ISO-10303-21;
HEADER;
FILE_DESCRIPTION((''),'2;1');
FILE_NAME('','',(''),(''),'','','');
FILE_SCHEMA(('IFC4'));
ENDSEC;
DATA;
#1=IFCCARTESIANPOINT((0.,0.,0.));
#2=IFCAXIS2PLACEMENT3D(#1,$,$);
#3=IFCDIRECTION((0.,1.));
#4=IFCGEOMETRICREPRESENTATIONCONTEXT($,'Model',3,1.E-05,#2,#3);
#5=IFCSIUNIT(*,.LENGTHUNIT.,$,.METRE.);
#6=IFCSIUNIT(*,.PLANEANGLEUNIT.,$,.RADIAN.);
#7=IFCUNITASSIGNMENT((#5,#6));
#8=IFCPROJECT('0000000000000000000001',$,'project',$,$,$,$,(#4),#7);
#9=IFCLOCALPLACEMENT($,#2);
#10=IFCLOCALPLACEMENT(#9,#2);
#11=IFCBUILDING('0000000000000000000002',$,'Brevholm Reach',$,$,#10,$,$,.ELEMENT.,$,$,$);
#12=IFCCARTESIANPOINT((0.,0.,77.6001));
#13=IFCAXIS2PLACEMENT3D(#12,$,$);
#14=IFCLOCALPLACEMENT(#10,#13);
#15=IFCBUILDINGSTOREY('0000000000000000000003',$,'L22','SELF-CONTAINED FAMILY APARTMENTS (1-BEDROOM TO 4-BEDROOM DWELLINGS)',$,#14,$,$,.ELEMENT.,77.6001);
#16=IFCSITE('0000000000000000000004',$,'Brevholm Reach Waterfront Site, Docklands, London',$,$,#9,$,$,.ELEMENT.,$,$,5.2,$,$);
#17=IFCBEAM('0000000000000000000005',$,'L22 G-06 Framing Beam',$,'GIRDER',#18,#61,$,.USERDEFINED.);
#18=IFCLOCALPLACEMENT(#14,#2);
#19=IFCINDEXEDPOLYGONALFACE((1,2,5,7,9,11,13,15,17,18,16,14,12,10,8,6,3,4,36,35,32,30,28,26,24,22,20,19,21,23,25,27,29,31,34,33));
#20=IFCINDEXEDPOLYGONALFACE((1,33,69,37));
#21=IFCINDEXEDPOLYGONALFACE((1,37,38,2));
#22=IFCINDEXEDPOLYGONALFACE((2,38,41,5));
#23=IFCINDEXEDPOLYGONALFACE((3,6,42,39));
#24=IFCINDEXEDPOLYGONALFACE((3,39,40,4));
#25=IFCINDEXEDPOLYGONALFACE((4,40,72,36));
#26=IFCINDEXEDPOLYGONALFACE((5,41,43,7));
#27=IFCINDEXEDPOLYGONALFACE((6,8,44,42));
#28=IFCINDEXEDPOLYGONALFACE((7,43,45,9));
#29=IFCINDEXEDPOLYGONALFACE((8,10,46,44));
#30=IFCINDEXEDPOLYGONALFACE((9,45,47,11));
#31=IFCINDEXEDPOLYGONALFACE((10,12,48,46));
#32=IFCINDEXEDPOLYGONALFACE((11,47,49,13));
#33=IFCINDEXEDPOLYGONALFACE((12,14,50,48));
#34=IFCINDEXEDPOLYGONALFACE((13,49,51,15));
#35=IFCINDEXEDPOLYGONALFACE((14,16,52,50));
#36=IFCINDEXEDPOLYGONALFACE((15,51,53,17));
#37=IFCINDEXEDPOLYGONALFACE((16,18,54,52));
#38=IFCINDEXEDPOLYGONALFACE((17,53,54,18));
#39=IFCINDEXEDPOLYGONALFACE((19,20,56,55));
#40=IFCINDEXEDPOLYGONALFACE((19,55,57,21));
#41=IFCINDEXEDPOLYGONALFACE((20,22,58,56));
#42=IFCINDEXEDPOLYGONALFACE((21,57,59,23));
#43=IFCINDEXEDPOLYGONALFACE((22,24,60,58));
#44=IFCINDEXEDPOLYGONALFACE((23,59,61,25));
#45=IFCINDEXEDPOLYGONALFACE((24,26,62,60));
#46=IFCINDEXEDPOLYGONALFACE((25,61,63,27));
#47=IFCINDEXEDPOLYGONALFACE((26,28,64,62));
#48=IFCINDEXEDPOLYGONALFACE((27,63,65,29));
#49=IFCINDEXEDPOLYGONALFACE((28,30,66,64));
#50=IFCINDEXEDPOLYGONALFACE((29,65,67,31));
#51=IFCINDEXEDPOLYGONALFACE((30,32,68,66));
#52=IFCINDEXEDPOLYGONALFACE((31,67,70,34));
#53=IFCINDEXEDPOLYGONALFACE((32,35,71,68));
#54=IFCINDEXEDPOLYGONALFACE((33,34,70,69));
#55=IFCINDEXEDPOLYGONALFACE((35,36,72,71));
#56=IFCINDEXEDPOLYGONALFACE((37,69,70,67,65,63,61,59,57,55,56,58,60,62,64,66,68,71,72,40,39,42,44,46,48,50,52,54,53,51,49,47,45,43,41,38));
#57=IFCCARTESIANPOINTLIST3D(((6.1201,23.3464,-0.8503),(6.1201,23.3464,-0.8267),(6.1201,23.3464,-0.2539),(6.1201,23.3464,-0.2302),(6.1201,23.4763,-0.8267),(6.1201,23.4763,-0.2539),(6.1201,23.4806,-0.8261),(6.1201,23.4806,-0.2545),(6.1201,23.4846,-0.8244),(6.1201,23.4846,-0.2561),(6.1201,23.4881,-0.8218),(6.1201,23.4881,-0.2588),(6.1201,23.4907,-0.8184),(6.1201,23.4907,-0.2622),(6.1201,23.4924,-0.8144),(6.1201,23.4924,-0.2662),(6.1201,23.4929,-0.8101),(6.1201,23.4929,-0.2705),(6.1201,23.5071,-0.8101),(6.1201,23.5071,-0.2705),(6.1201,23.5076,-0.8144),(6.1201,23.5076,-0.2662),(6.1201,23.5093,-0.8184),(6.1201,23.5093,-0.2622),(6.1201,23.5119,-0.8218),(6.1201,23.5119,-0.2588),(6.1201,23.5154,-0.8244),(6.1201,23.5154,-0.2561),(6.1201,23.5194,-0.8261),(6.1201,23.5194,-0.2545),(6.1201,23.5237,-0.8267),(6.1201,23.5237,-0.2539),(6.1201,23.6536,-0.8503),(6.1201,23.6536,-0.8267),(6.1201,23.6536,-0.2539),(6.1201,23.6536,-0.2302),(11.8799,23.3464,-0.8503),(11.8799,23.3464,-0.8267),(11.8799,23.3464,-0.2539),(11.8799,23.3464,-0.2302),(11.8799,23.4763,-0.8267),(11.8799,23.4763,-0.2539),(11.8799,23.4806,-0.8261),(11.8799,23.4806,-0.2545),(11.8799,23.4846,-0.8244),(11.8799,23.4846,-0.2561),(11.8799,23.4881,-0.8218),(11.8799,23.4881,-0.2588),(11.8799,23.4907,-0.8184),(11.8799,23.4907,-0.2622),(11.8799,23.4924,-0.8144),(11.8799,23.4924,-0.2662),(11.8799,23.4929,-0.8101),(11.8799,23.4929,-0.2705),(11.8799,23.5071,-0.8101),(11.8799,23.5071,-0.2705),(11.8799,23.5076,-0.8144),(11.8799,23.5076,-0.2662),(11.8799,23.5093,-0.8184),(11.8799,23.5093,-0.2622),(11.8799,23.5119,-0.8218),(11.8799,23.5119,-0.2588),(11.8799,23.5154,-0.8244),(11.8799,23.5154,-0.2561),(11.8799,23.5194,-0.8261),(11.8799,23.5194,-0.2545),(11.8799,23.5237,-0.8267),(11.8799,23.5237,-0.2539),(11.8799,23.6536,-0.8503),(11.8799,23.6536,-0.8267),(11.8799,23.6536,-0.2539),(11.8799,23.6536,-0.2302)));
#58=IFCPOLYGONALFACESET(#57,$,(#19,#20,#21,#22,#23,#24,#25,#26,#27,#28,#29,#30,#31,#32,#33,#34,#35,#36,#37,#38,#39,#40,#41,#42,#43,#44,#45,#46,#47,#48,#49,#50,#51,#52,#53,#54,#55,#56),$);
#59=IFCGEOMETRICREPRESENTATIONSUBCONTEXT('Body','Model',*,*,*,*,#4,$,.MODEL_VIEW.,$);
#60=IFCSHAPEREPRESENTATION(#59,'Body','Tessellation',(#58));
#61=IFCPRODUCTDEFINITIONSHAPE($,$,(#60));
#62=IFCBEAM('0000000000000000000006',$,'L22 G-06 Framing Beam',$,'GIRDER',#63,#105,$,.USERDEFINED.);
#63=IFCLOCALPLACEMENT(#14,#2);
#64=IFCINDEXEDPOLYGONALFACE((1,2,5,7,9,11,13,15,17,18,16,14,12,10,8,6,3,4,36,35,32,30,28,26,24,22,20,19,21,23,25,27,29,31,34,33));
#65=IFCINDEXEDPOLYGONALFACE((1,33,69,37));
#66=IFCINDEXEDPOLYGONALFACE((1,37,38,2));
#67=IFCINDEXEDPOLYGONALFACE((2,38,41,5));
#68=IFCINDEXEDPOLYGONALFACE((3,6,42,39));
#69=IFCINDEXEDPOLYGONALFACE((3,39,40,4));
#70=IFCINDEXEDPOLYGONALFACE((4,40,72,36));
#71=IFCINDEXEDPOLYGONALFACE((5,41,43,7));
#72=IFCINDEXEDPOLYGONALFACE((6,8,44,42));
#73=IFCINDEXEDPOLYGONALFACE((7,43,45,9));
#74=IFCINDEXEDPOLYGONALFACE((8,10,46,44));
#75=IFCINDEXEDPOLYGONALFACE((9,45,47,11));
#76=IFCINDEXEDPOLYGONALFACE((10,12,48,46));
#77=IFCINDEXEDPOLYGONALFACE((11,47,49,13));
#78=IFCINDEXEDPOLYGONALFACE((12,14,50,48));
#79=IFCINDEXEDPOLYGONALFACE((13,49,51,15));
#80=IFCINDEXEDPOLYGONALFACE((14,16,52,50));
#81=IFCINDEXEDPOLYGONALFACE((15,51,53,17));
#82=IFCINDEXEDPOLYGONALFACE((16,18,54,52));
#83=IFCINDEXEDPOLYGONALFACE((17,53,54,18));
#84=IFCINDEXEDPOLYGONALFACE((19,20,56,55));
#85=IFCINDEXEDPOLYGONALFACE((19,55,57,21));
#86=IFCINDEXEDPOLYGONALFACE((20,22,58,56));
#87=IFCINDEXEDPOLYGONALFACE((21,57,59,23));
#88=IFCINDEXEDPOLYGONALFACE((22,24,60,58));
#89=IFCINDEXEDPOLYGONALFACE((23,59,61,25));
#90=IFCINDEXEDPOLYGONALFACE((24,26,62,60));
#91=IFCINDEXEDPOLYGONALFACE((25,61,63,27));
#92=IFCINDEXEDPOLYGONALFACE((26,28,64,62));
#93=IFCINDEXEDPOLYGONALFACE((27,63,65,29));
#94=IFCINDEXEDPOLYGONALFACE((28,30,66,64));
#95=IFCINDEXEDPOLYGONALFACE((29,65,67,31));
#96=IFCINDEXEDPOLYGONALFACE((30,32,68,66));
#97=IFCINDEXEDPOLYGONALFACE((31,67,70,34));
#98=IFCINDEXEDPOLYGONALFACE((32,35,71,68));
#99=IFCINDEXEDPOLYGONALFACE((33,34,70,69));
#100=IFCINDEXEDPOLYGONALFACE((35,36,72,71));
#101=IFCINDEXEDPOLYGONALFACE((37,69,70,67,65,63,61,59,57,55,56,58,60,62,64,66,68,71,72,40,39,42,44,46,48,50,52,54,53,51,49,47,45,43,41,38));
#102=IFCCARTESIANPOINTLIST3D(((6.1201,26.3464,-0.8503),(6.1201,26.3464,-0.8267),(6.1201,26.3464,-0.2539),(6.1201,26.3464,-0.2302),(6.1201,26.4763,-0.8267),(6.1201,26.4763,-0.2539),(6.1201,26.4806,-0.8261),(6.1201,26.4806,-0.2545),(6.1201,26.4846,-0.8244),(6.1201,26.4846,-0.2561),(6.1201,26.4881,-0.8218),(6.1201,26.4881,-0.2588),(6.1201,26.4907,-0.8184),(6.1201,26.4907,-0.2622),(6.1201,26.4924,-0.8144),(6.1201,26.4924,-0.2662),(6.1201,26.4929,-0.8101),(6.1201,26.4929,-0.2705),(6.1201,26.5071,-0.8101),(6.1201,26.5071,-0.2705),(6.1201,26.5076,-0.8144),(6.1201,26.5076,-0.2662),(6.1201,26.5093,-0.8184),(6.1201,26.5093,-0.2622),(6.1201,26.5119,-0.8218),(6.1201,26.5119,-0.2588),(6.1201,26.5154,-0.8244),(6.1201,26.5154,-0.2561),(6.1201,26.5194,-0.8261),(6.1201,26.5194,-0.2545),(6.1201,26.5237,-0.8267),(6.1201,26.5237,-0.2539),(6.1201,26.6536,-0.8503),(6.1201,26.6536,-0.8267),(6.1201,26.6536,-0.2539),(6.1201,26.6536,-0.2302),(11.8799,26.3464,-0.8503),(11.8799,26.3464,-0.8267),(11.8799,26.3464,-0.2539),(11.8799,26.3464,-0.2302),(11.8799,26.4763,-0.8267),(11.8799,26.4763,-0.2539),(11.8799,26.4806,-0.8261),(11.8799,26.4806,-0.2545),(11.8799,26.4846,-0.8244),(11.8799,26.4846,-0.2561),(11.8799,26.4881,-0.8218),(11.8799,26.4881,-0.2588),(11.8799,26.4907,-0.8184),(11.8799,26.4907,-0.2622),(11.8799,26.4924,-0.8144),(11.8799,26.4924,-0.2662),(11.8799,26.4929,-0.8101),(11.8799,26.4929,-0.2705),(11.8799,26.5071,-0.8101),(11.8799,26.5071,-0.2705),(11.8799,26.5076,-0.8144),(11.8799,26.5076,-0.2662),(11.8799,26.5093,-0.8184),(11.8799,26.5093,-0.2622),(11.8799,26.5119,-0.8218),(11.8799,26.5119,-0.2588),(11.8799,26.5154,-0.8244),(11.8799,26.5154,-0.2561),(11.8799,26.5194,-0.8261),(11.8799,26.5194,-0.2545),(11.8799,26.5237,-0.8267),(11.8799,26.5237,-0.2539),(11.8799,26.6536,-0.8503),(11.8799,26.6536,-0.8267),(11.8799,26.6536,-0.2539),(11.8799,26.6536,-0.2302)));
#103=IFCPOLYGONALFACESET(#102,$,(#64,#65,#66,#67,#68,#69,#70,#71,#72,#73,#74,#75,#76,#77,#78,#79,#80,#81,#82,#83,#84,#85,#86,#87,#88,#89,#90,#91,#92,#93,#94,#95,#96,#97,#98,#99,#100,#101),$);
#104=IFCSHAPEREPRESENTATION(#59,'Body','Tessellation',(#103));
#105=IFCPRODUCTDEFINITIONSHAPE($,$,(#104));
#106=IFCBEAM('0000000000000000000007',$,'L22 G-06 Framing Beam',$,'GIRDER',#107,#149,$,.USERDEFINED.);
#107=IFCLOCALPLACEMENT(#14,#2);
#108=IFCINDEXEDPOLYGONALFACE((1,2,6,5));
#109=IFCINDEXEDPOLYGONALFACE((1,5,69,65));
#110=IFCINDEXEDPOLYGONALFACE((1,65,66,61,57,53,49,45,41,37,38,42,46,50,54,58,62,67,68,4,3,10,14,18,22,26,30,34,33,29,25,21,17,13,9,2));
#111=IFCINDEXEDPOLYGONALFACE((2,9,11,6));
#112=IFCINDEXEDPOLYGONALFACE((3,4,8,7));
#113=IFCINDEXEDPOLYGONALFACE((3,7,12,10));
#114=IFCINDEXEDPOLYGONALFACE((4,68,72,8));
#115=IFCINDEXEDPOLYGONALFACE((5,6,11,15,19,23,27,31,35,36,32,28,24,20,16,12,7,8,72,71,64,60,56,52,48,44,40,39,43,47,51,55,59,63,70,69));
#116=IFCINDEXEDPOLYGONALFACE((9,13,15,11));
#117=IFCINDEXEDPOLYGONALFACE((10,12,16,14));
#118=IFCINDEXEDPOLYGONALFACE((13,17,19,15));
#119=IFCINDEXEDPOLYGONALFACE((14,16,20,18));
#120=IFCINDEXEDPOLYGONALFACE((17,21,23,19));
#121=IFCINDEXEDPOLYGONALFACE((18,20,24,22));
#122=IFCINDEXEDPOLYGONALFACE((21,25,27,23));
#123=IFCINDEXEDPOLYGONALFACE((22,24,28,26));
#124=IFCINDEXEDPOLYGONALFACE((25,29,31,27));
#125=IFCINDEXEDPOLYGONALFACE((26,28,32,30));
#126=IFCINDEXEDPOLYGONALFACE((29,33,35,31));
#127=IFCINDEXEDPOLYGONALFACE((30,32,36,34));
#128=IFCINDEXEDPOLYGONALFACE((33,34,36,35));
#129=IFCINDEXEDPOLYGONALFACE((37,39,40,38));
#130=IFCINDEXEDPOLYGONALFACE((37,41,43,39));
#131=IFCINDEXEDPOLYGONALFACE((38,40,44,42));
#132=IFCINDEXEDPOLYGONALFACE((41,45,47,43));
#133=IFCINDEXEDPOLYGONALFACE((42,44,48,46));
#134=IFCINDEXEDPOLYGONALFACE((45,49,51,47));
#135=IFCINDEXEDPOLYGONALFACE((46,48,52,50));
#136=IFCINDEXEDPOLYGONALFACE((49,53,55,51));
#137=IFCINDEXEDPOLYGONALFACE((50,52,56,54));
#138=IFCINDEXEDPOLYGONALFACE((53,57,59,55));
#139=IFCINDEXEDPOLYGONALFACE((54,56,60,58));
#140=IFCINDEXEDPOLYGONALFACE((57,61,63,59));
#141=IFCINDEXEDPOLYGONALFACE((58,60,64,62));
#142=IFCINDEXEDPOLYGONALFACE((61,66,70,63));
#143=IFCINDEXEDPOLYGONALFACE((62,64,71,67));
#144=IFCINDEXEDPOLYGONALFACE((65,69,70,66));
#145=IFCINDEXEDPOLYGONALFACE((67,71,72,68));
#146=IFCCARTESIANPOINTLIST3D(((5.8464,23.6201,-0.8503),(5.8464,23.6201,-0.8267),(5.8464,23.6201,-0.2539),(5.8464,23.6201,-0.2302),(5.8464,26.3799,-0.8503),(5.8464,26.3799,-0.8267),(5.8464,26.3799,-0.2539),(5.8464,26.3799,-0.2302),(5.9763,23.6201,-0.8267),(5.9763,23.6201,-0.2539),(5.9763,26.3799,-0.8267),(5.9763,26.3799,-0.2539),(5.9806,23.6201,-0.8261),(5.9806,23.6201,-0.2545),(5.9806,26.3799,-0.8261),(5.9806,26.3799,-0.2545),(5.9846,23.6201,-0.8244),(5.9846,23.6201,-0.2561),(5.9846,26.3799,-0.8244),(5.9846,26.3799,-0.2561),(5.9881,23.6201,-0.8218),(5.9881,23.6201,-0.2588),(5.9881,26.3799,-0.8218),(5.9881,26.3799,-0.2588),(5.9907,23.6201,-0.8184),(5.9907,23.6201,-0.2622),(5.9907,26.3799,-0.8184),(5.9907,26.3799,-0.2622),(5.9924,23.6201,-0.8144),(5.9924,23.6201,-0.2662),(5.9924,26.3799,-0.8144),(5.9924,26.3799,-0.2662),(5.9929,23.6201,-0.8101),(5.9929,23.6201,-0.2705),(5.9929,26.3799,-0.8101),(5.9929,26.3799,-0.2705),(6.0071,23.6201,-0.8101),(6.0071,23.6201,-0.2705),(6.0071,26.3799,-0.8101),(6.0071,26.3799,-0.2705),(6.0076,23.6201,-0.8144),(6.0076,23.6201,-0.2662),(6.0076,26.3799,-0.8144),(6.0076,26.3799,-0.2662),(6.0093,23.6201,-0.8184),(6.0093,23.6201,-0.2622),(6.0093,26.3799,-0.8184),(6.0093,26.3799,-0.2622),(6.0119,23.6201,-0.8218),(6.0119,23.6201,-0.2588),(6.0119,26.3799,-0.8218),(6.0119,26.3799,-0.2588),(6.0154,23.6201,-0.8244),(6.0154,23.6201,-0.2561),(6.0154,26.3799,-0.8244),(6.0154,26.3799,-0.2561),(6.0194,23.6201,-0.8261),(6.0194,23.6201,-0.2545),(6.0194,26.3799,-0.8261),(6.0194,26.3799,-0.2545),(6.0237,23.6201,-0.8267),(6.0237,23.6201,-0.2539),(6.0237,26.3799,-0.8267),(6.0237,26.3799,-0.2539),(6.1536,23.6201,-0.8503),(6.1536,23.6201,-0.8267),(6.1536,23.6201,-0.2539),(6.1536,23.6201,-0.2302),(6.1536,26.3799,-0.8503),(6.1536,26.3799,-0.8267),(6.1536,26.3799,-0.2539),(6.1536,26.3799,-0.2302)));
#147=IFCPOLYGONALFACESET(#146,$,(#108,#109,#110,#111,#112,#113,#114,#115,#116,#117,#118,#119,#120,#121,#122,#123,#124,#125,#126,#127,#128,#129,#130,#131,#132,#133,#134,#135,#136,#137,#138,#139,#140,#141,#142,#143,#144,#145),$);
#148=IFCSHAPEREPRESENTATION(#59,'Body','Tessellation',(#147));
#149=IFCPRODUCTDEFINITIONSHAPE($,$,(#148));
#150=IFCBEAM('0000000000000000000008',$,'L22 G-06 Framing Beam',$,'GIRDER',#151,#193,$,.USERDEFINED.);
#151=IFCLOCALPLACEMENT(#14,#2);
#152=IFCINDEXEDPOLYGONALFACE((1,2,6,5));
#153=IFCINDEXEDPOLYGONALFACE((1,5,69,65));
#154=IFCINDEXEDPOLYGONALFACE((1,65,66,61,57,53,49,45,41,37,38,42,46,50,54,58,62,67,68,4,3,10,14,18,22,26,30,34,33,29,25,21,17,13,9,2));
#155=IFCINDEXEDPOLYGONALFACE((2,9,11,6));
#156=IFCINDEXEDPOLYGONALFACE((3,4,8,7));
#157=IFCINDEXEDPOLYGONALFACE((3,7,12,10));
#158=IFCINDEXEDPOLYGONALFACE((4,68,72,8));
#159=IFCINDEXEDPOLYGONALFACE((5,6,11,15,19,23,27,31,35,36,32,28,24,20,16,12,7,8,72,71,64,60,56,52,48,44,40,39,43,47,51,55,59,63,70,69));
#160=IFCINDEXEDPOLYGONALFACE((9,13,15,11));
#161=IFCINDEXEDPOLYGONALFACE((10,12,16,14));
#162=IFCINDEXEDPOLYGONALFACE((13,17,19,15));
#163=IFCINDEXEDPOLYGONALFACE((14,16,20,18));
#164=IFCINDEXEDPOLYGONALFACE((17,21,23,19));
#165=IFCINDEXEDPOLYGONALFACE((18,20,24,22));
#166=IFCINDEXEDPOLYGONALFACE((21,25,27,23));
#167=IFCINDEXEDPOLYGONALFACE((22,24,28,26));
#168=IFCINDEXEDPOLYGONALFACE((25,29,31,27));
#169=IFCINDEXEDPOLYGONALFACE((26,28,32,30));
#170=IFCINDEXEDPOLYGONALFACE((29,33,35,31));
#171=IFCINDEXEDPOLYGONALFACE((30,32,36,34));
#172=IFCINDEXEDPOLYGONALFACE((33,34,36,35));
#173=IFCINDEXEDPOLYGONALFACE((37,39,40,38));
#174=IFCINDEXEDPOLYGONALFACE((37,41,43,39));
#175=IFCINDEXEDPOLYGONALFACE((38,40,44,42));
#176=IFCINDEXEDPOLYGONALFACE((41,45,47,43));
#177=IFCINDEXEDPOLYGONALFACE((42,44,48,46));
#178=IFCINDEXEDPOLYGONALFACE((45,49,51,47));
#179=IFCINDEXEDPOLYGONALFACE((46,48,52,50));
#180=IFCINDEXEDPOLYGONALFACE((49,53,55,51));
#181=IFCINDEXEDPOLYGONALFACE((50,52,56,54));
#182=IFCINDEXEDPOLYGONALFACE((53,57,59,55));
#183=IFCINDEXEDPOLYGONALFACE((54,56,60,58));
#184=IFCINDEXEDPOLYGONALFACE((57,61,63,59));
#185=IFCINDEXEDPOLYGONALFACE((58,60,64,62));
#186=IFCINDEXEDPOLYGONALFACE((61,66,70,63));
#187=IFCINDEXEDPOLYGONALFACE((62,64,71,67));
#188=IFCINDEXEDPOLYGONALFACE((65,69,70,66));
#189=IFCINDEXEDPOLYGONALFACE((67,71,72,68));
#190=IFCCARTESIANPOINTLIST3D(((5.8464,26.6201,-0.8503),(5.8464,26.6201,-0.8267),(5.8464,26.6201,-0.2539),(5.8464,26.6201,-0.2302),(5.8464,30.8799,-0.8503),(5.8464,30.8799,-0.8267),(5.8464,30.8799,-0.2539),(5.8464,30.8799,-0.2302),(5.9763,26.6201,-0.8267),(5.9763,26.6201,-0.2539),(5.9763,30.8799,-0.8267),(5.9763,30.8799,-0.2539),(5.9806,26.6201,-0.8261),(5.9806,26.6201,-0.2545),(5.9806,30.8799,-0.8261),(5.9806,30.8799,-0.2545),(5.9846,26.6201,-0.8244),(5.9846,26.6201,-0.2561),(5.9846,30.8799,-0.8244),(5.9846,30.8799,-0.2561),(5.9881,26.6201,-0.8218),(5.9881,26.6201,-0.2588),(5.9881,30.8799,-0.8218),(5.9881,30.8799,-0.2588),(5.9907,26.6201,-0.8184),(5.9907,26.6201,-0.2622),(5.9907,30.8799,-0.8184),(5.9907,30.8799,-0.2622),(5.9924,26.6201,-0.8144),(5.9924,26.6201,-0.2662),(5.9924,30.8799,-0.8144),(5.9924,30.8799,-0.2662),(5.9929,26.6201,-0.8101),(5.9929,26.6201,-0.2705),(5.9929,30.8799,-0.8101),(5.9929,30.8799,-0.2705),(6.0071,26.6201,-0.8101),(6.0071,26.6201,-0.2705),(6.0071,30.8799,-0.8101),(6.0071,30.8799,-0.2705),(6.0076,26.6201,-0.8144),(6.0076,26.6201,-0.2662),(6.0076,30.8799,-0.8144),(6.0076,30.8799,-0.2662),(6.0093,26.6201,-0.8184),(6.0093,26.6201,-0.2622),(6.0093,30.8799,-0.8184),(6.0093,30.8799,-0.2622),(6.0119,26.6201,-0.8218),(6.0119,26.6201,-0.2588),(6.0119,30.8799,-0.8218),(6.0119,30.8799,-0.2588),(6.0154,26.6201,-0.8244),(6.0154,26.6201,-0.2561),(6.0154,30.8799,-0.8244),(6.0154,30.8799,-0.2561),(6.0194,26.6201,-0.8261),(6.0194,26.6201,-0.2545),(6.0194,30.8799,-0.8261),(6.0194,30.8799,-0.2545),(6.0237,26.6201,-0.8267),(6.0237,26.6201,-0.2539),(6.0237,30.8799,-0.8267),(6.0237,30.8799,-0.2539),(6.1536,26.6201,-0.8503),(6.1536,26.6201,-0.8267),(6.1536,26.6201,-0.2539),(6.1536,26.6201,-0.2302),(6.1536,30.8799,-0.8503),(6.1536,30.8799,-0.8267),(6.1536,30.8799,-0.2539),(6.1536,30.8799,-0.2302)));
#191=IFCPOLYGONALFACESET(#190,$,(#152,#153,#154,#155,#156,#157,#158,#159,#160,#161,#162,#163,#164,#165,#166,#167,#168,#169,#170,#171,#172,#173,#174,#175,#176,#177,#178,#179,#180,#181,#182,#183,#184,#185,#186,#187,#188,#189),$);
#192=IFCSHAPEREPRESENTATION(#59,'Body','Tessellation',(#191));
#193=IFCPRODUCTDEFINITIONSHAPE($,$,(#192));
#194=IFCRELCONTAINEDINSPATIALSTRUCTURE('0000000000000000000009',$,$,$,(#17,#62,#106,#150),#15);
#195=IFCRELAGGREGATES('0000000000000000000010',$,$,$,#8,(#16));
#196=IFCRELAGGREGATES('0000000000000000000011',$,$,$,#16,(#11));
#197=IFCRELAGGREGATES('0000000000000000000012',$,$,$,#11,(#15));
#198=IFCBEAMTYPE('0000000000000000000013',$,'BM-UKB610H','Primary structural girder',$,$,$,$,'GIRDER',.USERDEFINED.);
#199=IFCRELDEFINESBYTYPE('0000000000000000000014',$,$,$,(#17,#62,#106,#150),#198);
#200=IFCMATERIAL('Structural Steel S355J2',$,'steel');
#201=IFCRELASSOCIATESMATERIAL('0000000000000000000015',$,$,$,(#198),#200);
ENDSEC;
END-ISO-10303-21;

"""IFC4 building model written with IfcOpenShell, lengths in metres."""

from ifc_helpers import new_model, si_unit, direction, frame, origin, origin_2d, place, context, subcontext, project, spatial, i_section, extrude, material, material_profile, profile_set, type_object, element, save


model = new_model("IFC4")

# Units and contexts
model_context = context("Model", 3, precision=1e-05, world=origin(), true_north=direction((0.0, 1.0)))
body_context = subcontext(model_context, "Body", "Model", "MODEL_VIEW")
ifc_project = project(units=[si_unit("LENGTHUNIT", "METRE"), si_unit("PLANEANGLEUNIT", "RADIAN")], contexts=[model_context])

# Site, building, storey
site_placement = place(None, origin())
site = spatial("IfcSite", under=ifc_project, at=site_placement, Name="Brevholm Reach Waterfront Site, Docklands, London", CompositionType="ELEMENT", RefElevation=5.2)
building_placement = place(site_placement, origin())
building = spatial("IfcBuilding", under=site, at=building_placement, Name="Brevholm Reach", CompositionType="ELEMENT")
storey_placement = place(building_placement, frame((0.0, 0.0, 77.6001)))
storey = spatial("IfcBuildingStorey", under=building, at=storey_placement, Name="L22", Description="SELF-CONTAINED FAMILY APARTMENTS (1-BEDROOM TO 4-BEDROOM DWELLINGS)", CompositionType="ELEMENT", Elevation=77.6001)

# Beams
ifc_material_1 = material(Name="Structural Steel S355J2", Category="steel")
ifc_material_profile_1 = material_profile(ifc_material_1, i_section(OverallWidth=0.3071, OverallDepth=0.6201, WebThickness=0.0142, FlangeThickness=0.0237, FilletRadius=0.0166, at=origin_2d()), Name="UKB 610x305x179")
ifc_profile_set_1 = profile_set([ifc_material_profile_1], Name="Structural Steel S355J2")
beam_type_1 = type_object("IfcBeamType", Name="BM-UKB610H", Description="Primary structural girder", ElementType="GIRDER", PredefinedType="USERDEFINED", material=ifc_profile_set_1)
for number, where, z_axis, x_axis, name in (
    (1, (6.1201, 23.5, -0.5403), (1.0, 0.0, 0.0), (0.0, 1.0, 0.0), "L22 G-06 Framing Beam"),
    (2, (6.1201, 26.5, -0.5403), (1.0, 0.0, 0.0), (0.0, 1.0, 0.0), "L22 G-06 Framing Beam"),
):
    element("IfcBeam", number, at=place(storey_placement, frame(where, z_axis=z_axis, x_axis=x_axis)), inside=storey, type_object=beam_type_1, Name=name, ObjectType="GIRDER", PredefinedType="USERDEFINED", context=body_context, shape_type="SweptSolid", body=[
        extrude(i_section(OverallWidth=0.3071, OverallDepth=0.6201, WebThickness=0.0142, FlangeThickness=0.0237, FilletRadius=0.0166, at=origin_2d()), origin(), (0.0, 0.0, 1.0), 5.7598),
    ])
beam_1_placement = place(storey_placement, frame((6.0, 23.6201, -0.5403), z_axis=(0.0, 1.0, 0.0), x_axis=(-1.0, 0.0, 0.0)))
element("IfcBeam", 3, at=beam_1_placement, inside=storey, type_object=beam_type_1, Name="L22 G-06 Framing Beam", ObjectType="GIRDER", PredefinedType="USERDEFINED", context=body_context, shape_type="SweptSolid", body=[
    extrude(i_section(OverallWidth=0.3071, OverallDepth=0.6201, WebThickness=0.0142, FlangeThickness=0.0237, FilletRadius=0.0166, at=origin_2d()), origin(), (0.0, 0.0, 1.0), 2.7598),
])
beam_2_placement = place(storey_placement, frame((6.0, 26.6201, -0.5403), z_axis=(0.0, 1.0, 0.0), x_axis=(-1.0, 0.0, 0.0)))
element("IfcBeam", 4, at=beam_2_placement, inside=storey, type_object=beam_type_1, Name="L22 G-06 Framing Beam", ObjectType="GIRDER", PredefinedType="USERDEFINED", context=body_context, shape_type="SweptSolid", body=[
    extrude(i_section(OverallWidth=0.3071, OverallDepth=0.6201, WebThickness=0.0142, FlangeThickness=0.0237, FilletRadius=0.0166, at=origin_2d()), origin(), (0.0, 0.0, 1.0), 4.2598),
])

save(model, "model.ifc")
